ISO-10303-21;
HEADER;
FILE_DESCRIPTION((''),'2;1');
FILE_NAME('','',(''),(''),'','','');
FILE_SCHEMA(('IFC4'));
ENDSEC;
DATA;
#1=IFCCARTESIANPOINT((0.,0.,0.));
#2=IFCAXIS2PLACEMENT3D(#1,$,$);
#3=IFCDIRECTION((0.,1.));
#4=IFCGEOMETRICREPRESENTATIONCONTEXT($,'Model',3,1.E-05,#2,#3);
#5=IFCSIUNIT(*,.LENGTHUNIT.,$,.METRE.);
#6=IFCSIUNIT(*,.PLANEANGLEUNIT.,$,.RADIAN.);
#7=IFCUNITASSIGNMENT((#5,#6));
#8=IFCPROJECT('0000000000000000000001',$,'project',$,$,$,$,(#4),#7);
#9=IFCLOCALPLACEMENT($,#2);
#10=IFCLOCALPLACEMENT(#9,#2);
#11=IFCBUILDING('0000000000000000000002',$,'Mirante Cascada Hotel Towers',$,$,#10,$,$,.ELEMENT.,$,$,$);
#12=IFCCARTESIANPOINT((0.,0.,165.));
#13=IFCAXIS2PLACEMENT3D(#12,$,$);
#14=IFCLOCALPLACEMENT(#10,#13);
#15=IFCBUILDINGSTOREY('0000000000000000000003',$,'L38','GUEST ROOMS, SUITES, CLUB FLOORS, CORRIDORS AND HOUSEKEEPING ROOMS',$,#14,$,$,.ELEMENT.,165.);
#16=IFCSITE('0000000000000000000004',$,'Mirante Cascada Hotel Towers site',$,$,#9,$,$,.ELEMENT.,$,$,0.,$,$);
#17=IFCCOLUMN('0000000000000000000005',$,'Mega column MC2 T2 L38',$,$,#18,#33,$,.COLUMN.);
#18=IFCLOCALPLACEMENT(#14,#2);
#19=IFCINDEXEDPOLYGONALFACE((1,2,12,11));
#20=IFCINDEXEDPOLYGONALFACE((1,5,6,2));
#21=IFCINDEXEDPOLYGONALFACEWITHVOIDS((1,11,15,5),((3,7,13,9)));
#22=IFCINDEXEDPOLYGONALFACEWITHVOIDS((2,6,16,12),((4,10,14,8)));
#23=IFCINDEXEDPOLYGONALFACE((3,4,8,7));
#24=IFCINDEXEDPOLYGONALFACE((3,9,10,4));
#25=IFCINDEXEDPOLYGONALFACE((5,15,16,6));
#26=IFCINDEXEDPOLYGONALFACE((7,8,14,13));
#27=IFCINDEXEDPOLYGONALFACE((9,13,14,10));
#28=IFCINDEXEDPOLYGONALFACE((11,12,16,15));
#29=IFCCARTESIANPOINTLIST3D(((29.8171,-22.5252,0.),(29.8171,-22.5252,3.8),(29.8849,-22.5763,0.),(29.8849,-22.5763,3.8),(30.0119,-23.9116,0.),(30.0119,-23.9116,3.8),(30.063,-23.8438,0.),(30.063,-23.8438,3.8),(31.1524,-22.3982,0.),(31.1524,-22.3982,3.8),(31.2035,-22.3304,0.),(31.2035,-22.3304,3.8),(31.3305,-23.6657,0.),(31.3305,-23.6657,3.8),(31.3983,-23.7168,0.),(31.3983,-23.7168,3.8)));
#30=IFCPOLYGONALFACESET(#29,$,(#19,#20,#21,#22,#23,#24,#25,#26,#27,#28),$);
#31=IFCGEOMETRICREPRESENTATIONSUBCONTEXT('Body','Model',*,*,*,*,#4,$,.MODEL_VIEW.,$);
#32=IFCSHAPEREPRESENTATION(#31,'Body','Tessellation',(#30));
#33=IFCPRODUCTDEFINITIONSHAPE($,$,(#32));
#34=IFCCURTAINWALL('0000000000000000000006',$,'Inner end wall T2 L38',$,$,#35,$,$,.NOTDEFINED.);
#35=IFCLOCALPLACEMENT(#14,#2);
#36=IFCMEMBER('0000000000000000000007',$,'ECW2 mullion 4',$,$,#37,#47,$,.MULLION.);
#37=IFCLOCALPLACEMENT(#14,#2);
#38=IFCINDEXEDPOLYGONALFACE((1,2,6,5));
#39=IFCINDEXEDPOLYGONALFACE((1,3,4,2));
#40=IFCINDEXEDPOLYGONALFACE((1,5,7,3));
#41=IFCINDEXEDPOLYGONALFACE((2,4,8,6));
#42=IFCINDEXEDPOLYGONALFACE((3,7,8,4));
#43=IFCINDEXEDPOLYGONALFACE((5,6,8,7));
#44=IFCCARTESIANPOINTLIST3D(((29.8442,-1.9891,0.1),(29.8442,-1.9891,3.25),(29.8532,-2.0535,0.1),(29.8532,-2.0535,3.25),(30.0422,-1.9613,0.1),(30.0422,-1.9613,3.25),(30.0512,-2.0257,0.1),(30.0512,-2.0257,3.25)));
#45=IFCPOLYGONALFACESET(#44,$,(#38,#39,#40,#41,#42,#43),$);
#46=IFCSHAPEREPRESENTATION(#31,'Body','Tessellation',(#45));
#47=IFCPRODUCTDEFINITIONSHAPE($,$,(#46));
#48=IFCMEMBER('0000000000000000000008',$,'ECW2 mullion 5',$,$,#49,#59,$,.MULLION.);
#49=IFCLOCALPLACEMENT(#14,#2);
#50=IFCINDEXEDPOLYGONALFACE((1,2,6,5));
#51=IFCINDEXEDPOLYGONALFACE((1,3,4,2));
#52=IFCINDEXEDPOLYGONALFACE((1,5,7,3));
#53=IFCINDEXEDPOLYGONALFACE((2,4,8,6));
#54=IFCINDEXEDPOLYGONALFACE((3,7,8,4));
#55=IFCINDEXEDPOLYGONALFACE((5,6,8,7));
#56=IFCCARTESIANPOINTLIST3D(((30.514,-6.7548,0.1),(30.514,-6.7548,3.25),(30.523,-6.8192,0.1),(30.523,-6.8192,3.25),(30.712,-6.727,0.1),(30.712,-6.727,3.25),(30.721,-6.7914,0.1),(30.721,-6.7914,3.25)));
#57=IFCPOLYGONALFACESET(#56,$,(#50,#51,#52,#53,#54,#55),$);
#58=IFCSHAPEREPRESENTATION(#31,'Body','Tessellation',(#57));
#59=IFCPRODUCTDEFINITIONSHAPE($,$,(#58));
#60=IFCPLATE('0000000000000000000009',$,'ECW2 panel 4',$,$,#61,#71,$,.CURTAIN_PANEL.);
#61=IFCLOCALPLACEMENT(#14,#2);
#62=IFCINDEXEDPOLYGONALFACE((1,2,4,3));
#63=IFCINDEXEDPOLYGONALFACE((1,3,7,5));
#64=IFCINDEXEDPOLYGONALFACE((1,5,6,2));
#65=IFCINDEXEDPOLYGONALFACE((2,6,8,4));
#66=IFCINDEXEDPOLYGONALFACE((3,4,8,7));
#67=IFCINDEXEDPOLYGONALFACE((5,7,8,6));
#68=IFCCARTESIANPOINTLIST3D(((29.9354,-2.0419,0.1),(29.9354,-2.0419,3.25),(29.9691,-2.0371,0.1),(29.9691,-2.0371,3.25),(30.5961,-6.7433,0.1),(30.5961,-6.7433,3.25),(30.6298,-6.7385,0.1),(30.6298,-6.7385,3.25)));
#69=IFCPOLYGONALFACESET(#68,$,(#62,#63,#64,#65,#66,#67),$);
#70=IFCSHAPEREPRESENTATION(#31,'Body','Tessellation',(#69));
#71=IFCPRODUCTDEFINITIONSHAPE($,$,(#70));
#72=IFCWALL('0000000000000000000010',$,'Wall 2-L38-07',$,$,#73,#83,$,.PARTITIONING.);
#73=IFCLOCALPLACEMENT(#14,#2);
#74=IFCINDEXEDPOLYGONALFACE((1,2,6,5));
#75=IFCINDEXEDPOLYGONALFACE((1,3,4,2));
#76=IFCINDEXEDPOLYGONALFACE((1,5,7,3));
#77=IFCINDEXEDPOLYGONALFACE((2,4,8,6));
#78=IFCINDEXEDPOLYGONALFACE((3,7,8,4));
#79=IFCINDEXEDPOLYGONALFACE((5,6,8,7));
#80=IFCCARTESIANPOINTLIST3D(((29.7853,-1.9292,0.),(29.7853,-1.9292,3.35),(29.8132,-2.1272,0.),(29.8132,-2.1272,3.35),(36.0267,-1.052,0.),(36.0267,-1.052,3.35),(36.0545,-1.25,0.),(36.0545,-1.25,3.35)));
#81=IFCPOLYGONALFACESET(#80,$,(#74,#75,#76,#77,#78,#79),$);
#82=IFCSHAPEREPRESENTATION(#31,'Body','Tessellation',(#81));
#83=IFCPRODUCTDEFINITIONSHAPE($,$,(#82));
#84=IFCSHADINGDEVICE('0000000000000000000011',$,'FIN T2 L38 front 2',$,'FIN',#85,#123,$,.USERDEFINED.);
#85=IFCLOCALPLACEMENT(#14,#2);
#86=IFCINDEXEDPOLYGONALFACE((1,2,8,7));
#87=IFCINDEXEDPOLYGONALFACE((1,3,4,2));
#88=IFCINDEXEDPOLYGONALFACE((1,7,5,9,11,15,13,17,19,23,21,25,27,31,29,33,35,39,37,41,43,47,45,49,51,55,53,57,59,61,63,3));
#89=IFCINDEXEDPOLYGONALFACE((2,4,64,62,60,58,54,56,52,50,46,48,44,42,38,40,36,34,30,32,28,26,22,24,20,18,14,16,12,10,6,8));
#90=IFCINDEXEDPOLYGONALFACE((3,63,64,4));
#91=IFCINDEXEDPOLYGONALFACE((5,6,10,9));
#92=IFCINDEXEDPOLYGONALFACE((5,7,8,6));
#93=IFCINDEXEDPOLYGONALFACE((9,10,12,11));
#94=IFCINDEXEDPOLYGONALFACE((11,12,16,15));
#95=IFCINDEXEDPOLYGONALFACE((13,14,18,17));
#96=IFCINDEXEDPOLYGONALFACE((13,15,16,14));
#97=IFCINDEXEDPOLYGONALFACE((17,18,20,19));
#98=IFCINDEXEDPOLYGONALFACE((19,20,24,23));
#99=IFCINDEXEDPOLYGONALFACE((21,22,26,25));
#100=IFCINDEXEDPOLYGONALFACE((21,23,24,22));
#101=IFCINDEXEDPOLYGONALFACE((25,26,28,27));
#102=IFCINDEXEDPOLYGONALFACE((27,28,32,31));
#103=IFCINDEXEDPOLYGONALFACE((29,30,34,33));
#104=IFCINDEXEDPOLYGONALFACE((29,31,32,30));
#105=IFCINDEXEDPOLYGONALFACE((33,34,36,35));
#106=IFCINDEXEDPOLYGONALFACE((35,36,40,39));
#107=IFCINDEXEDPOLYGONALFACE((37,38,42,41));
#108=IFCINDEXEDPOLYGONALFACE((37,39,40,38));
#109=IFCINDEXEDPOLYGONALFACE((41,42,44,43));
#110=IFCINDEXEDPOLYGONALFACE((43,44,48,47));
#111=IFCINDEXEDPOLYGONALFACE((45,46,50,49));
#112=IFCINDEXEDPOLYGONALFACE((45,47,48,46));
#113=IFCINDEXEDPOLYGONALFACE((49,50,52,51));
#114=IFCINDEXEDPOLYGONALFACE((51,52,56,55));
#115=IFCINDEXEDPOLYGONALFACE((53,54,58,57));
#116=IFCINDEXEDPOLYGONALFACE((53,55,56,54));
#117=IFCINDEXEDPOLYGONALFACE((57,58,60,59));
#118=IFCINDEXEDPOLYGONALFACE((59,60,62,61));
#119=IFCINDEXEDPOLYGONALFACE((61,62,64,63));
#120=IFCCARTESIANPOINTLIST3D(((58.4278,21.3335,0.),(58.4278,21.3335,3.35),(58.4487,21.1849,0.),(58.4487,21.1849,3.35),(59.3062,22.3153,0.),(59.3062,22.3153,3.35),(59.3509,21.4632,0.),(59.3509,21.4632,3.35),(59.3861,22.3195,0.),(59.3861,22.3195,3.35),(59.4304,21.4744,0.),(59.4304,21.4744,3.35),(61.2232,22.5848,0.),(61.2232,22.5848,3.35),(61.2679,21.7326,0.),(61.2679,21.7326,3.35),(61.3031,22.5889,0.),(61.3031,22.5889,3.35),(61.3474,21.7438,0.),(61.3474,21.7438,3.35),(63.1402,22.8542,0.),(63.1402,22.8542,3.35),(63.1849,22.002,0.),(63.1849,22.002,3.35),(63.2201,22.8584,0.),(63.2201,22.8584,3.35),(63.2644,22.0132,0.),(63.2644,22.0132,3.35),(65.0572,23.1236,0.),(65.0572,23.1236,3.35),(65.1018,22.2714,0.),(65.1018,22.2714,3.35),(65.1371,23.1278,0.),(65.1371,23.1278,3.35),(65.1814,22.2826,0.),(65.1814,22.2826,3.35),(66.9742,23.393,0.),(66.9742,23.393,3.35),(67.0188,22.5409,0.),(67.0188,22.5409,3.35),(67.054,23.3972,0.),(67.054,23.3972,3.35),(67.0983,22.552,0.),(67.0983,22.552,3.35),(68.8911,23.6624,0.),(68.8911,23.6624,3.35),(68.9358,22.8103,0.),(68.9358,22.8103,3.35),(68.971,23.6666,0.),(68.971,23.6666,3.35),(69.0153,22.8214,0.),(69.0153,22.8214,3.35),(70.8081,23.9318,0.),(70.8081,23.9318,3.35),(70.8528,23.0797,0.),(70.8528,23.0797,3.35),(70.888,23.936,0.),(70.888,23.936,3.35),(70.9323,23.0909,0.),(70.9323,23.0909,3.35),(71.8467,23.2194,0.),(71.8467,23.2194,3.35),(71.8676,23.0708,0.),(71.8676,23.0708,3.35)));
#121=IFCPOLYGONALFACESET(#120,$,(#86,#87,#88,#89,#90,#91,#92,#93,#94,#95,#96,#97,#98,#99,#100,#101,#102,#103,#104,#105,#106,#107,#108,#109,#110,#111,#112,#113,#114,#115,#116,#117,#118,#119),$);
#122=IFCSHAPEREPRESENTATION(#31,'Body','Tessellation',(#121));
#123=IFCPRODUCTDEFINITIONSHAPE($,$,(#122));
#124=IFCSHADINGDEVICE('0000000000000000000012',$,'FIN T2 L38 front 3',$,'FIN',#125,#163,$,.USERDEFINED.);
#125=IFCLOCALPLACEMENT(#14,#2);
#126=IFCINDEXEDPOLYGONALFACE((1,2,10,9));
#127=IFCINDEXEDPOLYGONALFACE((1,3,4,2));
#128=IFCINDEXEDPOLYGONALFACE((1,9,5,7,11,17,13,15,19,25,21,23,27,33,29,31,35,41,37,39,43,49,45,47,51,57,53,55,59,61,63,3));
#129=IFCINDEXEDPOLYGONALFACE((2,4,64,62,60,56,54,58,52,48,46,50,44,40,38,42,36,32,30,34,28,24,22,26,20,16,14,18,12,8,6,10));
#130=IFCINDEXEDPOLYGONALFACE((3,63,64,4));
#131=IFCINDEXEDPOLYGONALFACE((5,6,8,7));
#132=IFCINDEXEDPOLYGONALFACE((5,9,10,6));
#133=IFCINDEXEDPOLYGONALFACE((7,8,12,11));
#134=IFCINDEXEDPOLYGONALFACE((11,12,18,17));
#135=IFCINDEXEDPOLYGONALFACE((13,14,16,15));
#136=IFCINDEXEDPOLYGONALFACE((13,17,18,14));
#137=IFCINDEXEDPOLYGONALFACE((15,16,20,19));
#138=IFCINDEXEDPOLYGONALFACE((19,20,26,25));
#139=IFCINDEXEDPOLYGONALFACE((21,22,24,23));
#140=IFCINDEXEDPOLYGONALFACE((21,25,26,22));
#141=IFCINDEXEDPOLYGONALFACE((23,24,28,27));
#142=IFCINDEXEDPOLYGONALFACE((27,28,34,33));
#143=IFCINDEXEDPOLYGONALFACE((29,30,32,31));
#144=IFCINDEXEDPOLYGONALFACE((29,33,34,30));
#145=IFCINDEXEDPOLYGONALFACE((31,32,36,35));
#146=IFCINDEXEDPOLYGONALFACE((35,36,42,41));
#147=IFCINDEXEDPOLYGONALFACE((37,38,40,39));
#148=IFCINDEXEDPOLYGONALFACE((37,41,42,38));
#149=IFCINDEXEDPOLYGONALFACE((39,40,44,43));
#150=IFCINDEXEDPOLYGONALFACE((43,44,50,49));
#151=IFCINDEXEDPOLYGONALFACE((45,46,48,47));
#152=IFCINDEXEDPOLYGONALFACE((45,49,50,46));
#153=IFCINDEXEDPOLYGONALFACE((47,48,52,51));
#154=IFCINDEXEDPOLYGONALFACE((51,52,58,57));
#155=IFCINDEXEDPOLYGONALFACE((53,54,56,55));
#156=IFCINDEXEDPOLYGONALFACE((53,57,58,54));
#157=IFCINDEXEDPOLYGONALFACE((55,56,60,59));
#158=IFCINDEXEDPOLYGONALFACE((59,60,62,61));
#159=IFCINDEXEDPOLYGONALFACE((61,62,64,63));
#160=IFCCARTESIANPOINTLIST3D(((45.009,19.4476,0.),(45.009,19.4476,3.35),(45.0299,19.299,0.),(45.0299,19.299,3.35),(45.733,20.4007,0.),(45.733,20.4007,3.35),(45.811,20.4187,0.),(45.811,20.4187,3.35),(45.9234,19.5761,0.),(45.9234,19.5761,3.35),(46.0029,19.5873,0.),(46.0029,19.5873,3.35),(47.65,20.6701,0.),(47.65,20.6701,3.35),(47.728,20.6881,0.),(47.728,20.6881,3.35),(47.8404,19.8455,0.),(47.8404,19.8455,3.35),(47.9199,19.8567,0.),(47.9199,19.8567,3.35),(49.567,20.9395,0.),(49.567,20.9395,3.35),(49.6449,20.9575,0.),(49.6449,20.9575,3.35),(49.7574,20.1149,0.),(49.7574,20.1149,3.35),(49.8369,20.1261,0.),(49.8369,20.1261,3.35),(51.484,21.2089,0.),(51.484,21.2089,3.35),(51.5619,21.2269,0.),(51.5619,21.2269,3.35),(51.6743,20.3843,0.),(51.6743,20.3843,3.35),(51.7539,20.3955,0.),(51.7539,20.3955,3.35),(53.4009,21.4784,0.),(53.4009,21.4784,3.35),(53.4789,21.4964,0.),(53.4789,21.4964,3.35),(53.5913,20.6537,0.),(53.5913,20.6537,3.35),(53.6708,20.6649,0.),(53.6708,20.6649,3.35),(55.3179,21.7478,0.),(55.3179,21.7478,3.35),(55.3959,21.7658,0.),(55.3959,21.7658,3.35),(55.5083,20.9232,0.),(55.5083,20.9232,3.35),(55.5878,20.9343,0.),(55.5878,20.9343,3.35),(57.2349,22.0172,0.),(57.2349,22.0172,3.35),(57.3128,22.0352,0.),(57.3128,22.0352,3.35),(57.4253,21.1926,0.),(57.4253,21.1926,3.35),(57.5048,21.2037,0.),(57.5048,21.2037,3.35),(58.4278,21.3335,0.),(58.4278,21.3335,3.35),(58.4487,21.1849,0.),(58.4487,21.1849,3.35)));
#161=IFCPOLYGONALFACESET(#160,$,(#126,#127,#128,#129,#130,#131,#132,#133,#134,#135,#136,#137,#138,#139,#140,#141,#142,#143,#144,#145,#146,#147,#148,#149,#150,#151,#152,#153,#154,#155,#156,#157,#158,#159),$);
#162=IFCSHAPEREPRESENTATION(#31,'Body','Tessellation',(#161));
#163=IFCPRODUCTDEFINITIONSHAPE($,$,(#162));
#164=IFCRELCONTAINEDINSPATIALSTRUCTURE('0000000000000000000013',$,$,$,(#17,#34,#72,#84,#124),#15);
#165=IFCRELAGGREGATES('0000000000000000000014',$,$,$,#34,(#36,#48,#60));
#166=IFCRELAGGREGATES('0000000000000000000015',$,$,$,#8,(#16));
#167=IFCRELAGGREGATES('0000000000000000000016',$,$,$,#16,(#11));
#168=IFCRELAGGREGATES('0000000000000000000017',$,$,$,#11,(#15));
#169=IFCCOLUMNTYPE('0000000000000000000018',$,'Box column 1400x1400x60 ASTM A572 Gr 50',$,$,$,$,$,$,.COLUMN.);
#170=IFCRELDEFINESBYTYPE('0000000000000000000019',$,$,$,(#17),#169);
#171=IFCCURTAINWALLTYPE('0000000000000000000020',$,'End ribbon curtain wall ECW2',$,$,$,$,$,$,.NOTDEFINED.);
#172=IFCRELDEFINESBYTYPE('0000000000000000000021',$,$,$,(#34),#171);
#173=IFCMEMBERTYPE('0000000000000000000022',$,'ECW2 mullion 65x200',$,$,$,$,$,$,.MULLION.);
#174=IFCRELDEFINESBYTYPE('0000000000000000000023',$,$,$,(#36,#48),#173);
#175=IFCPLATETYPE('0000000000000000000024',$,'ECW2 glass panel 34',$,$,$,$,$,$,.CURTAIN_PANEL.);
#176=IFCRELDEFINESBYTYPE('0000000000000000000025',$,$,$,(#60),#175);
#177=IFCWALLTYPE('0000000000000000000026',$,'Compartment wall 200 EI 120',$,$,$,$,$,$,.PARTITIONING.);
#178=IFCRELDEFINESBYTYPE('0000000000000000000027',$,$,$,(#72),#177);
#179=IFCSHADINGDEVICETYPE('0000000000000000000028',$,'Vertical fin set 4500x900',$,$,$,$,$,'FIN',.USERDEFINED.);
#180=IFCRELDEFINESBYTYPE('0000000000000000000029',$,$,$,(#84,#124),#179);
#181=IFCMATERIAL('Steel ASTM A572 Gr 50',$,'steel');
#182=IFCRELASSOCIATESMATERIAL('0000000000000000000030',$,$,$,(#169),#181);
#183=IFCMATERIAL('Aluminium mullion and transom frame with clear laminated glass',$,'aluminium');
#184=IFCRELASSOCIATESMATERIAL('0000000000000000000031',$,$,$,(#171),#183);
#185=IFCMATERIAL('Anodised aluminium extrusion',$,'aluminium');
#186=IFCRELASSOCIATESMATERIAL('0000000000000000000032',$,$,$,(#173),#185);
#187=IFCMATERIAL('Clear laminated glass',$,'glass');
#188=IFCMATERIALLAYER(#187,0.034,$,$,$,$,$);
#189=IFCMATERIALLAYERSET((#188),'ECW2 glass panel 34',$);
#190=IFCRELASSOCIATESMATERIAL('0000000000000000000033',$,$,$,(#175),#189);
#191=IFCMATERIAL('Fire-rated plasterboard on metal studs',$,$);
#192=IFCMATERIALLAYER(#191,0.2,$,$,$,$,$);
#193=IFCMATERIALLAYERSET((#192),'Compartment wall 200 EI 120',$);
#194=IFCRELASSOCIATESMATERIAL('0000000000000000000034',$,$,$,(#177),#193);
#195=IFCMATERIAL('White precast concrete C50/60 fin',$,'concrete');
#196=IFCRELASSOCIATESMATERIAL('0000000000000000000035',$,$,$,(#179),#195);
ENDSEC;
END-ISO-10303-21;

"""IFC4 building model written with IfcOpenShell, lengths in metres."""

from ifc_helpers import new_model, si_unit, direction, frame, frame_2d, origin, origin_2d, place, context, subcontext, project, spatial, polyline, rectangle, hollow_rectangle, outline, extrude, material, layer, layer_set, material_profile, profile_set, type_object, element, aggregate, save


model = new_model("IFC4")

# Units and contexts
model_context = context("Model", 3, precision=1e-05, world=origin(), true_north=direction((0.0, 1.0)))
body_context = subcontext(model_context, "Body", "Model", "MODEL_VIEW")
ifc_project = project(units=[si_unit("LENGTHUNIT", "METRE"), si_unit("PLANEANGLEUNIT", "RADIAN")], contexts=[model_context])

# Site, building, storey
site_placement = place(None, origin())
site = spatial("IfcSite", under=ifc_project, at=site_placement, Name="Mirante Cascada Hotel Towers site", CompositionType="ELEMENT", RefElevation=0.0)
building_placement = place(site_placement, origin())
building = spatial("IfcBuilding", under=site, at=building_placement, Name="Mirante Cascada Hotel Towers", CompositionType="ELEMENT")
storey_placement = place(building_placement, frame((0.0, 0.0, 165.0)))
storey = spatial("IfcBuildingStorey", under=building, at=storey_placement, Name="L38", Description="GUEST ROOMS, SUITES, CLUB FLOORS, CORRIDORS AND HOUSEKEEPING ROOMS", CompositionType="ELEMENT", Elevation=165.0)

# Column
ifc_material_1 = material(Name="Steel ASTM A572 Gr 50", Category="steel")
ifc_material_profile_1 = material_profile(ifc_material_1, hollow_rectangle(XDim=1.4, YDim=1.4, WallThickness=0.06, at=origin_2d()), Name="Box column 1400x1400x60 ASTM A572 Gr 50")
ifc_profile_set_1 = profile_set([ifc_material_profile_1], Name="Steel ASTM A572 Gr 50")
column_type = type_object("IfcColumnType", Name="Box column 1400x1400x60 ASTM A572 Gr 50", PredefinedType="COLUMN", material=ifc_profile_set_1)
column_placement = place(storey_placement, frame((30.6077, -23.121, 0.0), z_axis=(0.0, 0.0, 1.0), x_axis=(0.990268, 0.139173, 0.0)))
element("IfcColumn", 1, at=column_placement, inside=storey, type_object=column_type, Name="Mega column MC2 T2 L38", PredefinedType="COLUMN", context=body_context, shape_type="SweptSolid", body=[
    extrude(hollow_rectangle(XDim=1.4, YDim=1.4, WallThickness=0.06, at=origin_2d()), origin(), (0.0, 0.0, 1.0), 3.8),
])

# Curtain wall, members, plate
ifc_material_2 = material(Name="Aluminium mullion and transom frame with clear laminated glass", Category="aluminium")
curtain_wall_type = type_object("IfcCurtainWallType", Name="End ribbon curtain wall ECW2", PredefinedType="NOTDEFINED", material=ifc_material_2)
curtain_wall_placement = place(storey_placement, origin())
curtain_wall = element("IfcCurtainWall", 2, at=curtain_wall_placement, inside=storey, type_object=curtain_wall_type, Name="Inner end wall T2 L38", PredefinedType="NOTDEFINED")
ifc_material_3 = material(Name="Anodised aluminium extrusion", Category="aluminium")
ifc_material_profile_2 = material_profile(ifc_material_3, rectangle(XDim=0.2, YDim=0.065, at=origin_2d()), Name="ECW2 MULLION 65x200")
ifc_profile_set_2 = profile_set([ifc_material_profile_2], Name="Anodised aluminium extrusion")
member_type = type_object("IfcMemberType", Name="ECW2 mullion 65x200", PredefinedType="MULLION", material=ifc_profile_set_2)
member_1_placement = place(storey_placement, frame((29.9477, -2.0074, 0.1), z_axis=(0.0, 0.0, 1.0), x_axis=(0.990268, 0.139173, 0.0)))
member_1 = element("IfcMember", 3, at=member_1_placement, type_object=member_type, Name="ECW2 mullion 4", PredefinedType="MULLION", context=body_context, shape_type="SweptSolid", body=[
    extrude(rectangle(XDim=0.2, YDim=0.065, at=origin_2d()), origin(), (0.0, 0.0, 1.0), 3.15),
])
member_2_placement = place(storey_placement, frame((30.6175, -6.7731, 0.1), z_axis=(0.0, 0.0, 1.0), x_axis=(0.990268, 0.139173, 0.0)))
member_2 = element("IfcMember", 4, at=member_2_placement, type_object=member_type, Name="ECW2 mullion 5", PredefinedType="MULLION", context=body_context, shape_type="SweptSolid", body=[
    extrude(rectangle(XDim=0.2, YDim=0.065, at=origin_2d()), origin(), (0.0, 0.0, 1.0), 3.15),
])
ifc_material_4 = material(Name="Clear laminated glass", Category="glass")
ifc_layer_1 = layer(ifc_material_4, 0.034)
ifc_layer_set_1 = layer_set([ifc_layer_1], Name="ECW2 glass panel 34")
plate_type = type_object("IfcPlateType", Name="ECW2 glass panel 34", PredefinedType="CURTAIN_PANEL", material=ifc_layer_set_1)
plate_placement = place(storey_placement, frame((30.2826, -4.3902, 0.1), z_axis=(0.0, 0.0, 1.0), x_axis=(0.139173, -0.990268, 0.0)))
plate = element("IfcPlate", 5, at=plate_placement, type_object=plate_type, Name="ECW2 panel 4", PredefinedType="CURTAIN_PANEL", context=body_context, shape_type="SweptSolid", body=[
    extrude(rectangle(XDim=4.7476, YDim=0.034, at=origin_2d()), origin(), (0.0, 0.0, 1.0), 3.15),
])
aggregate(curtain_wall, [member_1, member_2, plate])

# Wall
ifc_material_5 = material(Name="Fire-rated plasterboard on metal studs")
ifc_layer_2 = layer(ifc_material_5, 0.2)
ifc_layer_set_2 = layer_set([ifc_layer_2], Name="Compartment wall 200 EI 120")
wall_type = type_object("IfcWallType", Name="Compartment wall 200 EI 120", PredefinedType="PARTITIONING", material=ifc_layer_set_2)
wall_placement = place(storey_placement, frame((29.7992, -2.0282, 0.0), z_axis=(0.0, 0.0, 1.0), x_axis=(0.990267, 0.139178, 0.0)))
element("IfcWall", 6, at=wall_placement, inside=storey, type_object=wall_type, Name="Wall 2-L38-07", PredefinedType="PARTITIONING", context=body_context, shape_type="SweptSolid", body=[
    extrude(rectangle(XDim=6.3027, YDim=0.2, at=frame_2d((3.1514, 0.0))), origin(), (0.0, 0.0, 1.0), 3.35),
])

# Shading devices
ifc_material_6 = material(Name="White precast concrete C50/60 fin", Category="concrete")
shading_device_type = type_object("IfcShadingDeviceType", Name="Vertical fin set 4500x900", ElementType="FIN", PredefinedType="USERDEFINED", material=ifc_material_6)
shading_device_1_placement = place(storey_placement, origin())
element("IfcShadingDevice", 7, at=shading_device_1_placement, inside=storey, type_object=shading_device_type, Name="FIN T2 L38 front 2", ObjectType="FIN", PredefinedType="USERDEFINED", context=body_context, shape_type="SweptSolid", body=[
    extrude(outline(polyline([(59.3861, 22.3195), (59.4304, 21.4744), (61.2679, 21.7326), (61.2232, 22.5848), (61.3031, 22.5889), (61.3474, 21.7438), (63.1849, 22.002), (63.1402, 22.8542), (63.2201, 22.8584), (63.2644, 22.0132), (65.1018, 22.2714), (65.0572, 23.1236), (65.1371, 23.1278), (65.1814, 22.2826), (67.0188, 22.5409), (66.9742, 23.393), (67.054, 23.3972), (67.0983, 22.552), (68.9358, 22.8103), (68.8911, 23.6624), (68.971, 23.6666), (69.0153, 22.8214), (70.8528, 23.0797), (70.8081, 23.9318), (70.888, 23.936), (70.9323, 23.0909), (71.8467, 23.2194), (71.8676, 23.0708), (58.4487, 21.1849), (58.4278, 21.3335), (59.3509, 21.4632), (59.3062, 22.3153), (59.3861, 22.3195)])), origin(), (0.0, 0.0, 1.0), 3.35),
])
shading_device_2_placement = place(storey_placement, origin())
element("IfcShadingDevice", 8, at=shading_device_2_placement, inside=storey, type_object=shading_device_type, Name="FIN T2 L38 front 3", ObjectType="FIN", PredefinedType="USERDEFINED", context=body_context, shape_type="SweptSolid", body=[
    extrude(outline(polyline([(45.811, 20.4187), (46.0029, 19.5873), (47.8404, 19.8455), (47.65, 20.6701), (47.728, 20.6881), (47.9199, 19.8567), (49.7574, 20.1149), (49.567, 20.9395), (49.6449, 20.9575), (49.8369, 20.1261), (51.6743, 20.3843), (51.484, 21.2089), (51.5619, 21.2269), (51.7539, 20.3955), (53.5913, 20.6537), (53.4009, 21.4784), (53.4789, 21.4964), (53.6708, 20.6649), (55.5083, 20.9232), (55.3179, 21.7478), (55.3959, 21.7658), (55.5878, 20.9343), (57.4253, 21.1926), (57.2349, 22.0172), (57.3128, 22.0352), (57.5048, 21.2037), (58.4278, 21.3335), (58.4487, 21.1849), (45.0299, 19.299), (45.009, 19.4476), (45.9234, 19.5761), (45.733, 20.4007), (45.811, 20.4187)])), origin(), (0.0, 0.0, 1.0), 3.35),
])

save(model, "model.ifc")
